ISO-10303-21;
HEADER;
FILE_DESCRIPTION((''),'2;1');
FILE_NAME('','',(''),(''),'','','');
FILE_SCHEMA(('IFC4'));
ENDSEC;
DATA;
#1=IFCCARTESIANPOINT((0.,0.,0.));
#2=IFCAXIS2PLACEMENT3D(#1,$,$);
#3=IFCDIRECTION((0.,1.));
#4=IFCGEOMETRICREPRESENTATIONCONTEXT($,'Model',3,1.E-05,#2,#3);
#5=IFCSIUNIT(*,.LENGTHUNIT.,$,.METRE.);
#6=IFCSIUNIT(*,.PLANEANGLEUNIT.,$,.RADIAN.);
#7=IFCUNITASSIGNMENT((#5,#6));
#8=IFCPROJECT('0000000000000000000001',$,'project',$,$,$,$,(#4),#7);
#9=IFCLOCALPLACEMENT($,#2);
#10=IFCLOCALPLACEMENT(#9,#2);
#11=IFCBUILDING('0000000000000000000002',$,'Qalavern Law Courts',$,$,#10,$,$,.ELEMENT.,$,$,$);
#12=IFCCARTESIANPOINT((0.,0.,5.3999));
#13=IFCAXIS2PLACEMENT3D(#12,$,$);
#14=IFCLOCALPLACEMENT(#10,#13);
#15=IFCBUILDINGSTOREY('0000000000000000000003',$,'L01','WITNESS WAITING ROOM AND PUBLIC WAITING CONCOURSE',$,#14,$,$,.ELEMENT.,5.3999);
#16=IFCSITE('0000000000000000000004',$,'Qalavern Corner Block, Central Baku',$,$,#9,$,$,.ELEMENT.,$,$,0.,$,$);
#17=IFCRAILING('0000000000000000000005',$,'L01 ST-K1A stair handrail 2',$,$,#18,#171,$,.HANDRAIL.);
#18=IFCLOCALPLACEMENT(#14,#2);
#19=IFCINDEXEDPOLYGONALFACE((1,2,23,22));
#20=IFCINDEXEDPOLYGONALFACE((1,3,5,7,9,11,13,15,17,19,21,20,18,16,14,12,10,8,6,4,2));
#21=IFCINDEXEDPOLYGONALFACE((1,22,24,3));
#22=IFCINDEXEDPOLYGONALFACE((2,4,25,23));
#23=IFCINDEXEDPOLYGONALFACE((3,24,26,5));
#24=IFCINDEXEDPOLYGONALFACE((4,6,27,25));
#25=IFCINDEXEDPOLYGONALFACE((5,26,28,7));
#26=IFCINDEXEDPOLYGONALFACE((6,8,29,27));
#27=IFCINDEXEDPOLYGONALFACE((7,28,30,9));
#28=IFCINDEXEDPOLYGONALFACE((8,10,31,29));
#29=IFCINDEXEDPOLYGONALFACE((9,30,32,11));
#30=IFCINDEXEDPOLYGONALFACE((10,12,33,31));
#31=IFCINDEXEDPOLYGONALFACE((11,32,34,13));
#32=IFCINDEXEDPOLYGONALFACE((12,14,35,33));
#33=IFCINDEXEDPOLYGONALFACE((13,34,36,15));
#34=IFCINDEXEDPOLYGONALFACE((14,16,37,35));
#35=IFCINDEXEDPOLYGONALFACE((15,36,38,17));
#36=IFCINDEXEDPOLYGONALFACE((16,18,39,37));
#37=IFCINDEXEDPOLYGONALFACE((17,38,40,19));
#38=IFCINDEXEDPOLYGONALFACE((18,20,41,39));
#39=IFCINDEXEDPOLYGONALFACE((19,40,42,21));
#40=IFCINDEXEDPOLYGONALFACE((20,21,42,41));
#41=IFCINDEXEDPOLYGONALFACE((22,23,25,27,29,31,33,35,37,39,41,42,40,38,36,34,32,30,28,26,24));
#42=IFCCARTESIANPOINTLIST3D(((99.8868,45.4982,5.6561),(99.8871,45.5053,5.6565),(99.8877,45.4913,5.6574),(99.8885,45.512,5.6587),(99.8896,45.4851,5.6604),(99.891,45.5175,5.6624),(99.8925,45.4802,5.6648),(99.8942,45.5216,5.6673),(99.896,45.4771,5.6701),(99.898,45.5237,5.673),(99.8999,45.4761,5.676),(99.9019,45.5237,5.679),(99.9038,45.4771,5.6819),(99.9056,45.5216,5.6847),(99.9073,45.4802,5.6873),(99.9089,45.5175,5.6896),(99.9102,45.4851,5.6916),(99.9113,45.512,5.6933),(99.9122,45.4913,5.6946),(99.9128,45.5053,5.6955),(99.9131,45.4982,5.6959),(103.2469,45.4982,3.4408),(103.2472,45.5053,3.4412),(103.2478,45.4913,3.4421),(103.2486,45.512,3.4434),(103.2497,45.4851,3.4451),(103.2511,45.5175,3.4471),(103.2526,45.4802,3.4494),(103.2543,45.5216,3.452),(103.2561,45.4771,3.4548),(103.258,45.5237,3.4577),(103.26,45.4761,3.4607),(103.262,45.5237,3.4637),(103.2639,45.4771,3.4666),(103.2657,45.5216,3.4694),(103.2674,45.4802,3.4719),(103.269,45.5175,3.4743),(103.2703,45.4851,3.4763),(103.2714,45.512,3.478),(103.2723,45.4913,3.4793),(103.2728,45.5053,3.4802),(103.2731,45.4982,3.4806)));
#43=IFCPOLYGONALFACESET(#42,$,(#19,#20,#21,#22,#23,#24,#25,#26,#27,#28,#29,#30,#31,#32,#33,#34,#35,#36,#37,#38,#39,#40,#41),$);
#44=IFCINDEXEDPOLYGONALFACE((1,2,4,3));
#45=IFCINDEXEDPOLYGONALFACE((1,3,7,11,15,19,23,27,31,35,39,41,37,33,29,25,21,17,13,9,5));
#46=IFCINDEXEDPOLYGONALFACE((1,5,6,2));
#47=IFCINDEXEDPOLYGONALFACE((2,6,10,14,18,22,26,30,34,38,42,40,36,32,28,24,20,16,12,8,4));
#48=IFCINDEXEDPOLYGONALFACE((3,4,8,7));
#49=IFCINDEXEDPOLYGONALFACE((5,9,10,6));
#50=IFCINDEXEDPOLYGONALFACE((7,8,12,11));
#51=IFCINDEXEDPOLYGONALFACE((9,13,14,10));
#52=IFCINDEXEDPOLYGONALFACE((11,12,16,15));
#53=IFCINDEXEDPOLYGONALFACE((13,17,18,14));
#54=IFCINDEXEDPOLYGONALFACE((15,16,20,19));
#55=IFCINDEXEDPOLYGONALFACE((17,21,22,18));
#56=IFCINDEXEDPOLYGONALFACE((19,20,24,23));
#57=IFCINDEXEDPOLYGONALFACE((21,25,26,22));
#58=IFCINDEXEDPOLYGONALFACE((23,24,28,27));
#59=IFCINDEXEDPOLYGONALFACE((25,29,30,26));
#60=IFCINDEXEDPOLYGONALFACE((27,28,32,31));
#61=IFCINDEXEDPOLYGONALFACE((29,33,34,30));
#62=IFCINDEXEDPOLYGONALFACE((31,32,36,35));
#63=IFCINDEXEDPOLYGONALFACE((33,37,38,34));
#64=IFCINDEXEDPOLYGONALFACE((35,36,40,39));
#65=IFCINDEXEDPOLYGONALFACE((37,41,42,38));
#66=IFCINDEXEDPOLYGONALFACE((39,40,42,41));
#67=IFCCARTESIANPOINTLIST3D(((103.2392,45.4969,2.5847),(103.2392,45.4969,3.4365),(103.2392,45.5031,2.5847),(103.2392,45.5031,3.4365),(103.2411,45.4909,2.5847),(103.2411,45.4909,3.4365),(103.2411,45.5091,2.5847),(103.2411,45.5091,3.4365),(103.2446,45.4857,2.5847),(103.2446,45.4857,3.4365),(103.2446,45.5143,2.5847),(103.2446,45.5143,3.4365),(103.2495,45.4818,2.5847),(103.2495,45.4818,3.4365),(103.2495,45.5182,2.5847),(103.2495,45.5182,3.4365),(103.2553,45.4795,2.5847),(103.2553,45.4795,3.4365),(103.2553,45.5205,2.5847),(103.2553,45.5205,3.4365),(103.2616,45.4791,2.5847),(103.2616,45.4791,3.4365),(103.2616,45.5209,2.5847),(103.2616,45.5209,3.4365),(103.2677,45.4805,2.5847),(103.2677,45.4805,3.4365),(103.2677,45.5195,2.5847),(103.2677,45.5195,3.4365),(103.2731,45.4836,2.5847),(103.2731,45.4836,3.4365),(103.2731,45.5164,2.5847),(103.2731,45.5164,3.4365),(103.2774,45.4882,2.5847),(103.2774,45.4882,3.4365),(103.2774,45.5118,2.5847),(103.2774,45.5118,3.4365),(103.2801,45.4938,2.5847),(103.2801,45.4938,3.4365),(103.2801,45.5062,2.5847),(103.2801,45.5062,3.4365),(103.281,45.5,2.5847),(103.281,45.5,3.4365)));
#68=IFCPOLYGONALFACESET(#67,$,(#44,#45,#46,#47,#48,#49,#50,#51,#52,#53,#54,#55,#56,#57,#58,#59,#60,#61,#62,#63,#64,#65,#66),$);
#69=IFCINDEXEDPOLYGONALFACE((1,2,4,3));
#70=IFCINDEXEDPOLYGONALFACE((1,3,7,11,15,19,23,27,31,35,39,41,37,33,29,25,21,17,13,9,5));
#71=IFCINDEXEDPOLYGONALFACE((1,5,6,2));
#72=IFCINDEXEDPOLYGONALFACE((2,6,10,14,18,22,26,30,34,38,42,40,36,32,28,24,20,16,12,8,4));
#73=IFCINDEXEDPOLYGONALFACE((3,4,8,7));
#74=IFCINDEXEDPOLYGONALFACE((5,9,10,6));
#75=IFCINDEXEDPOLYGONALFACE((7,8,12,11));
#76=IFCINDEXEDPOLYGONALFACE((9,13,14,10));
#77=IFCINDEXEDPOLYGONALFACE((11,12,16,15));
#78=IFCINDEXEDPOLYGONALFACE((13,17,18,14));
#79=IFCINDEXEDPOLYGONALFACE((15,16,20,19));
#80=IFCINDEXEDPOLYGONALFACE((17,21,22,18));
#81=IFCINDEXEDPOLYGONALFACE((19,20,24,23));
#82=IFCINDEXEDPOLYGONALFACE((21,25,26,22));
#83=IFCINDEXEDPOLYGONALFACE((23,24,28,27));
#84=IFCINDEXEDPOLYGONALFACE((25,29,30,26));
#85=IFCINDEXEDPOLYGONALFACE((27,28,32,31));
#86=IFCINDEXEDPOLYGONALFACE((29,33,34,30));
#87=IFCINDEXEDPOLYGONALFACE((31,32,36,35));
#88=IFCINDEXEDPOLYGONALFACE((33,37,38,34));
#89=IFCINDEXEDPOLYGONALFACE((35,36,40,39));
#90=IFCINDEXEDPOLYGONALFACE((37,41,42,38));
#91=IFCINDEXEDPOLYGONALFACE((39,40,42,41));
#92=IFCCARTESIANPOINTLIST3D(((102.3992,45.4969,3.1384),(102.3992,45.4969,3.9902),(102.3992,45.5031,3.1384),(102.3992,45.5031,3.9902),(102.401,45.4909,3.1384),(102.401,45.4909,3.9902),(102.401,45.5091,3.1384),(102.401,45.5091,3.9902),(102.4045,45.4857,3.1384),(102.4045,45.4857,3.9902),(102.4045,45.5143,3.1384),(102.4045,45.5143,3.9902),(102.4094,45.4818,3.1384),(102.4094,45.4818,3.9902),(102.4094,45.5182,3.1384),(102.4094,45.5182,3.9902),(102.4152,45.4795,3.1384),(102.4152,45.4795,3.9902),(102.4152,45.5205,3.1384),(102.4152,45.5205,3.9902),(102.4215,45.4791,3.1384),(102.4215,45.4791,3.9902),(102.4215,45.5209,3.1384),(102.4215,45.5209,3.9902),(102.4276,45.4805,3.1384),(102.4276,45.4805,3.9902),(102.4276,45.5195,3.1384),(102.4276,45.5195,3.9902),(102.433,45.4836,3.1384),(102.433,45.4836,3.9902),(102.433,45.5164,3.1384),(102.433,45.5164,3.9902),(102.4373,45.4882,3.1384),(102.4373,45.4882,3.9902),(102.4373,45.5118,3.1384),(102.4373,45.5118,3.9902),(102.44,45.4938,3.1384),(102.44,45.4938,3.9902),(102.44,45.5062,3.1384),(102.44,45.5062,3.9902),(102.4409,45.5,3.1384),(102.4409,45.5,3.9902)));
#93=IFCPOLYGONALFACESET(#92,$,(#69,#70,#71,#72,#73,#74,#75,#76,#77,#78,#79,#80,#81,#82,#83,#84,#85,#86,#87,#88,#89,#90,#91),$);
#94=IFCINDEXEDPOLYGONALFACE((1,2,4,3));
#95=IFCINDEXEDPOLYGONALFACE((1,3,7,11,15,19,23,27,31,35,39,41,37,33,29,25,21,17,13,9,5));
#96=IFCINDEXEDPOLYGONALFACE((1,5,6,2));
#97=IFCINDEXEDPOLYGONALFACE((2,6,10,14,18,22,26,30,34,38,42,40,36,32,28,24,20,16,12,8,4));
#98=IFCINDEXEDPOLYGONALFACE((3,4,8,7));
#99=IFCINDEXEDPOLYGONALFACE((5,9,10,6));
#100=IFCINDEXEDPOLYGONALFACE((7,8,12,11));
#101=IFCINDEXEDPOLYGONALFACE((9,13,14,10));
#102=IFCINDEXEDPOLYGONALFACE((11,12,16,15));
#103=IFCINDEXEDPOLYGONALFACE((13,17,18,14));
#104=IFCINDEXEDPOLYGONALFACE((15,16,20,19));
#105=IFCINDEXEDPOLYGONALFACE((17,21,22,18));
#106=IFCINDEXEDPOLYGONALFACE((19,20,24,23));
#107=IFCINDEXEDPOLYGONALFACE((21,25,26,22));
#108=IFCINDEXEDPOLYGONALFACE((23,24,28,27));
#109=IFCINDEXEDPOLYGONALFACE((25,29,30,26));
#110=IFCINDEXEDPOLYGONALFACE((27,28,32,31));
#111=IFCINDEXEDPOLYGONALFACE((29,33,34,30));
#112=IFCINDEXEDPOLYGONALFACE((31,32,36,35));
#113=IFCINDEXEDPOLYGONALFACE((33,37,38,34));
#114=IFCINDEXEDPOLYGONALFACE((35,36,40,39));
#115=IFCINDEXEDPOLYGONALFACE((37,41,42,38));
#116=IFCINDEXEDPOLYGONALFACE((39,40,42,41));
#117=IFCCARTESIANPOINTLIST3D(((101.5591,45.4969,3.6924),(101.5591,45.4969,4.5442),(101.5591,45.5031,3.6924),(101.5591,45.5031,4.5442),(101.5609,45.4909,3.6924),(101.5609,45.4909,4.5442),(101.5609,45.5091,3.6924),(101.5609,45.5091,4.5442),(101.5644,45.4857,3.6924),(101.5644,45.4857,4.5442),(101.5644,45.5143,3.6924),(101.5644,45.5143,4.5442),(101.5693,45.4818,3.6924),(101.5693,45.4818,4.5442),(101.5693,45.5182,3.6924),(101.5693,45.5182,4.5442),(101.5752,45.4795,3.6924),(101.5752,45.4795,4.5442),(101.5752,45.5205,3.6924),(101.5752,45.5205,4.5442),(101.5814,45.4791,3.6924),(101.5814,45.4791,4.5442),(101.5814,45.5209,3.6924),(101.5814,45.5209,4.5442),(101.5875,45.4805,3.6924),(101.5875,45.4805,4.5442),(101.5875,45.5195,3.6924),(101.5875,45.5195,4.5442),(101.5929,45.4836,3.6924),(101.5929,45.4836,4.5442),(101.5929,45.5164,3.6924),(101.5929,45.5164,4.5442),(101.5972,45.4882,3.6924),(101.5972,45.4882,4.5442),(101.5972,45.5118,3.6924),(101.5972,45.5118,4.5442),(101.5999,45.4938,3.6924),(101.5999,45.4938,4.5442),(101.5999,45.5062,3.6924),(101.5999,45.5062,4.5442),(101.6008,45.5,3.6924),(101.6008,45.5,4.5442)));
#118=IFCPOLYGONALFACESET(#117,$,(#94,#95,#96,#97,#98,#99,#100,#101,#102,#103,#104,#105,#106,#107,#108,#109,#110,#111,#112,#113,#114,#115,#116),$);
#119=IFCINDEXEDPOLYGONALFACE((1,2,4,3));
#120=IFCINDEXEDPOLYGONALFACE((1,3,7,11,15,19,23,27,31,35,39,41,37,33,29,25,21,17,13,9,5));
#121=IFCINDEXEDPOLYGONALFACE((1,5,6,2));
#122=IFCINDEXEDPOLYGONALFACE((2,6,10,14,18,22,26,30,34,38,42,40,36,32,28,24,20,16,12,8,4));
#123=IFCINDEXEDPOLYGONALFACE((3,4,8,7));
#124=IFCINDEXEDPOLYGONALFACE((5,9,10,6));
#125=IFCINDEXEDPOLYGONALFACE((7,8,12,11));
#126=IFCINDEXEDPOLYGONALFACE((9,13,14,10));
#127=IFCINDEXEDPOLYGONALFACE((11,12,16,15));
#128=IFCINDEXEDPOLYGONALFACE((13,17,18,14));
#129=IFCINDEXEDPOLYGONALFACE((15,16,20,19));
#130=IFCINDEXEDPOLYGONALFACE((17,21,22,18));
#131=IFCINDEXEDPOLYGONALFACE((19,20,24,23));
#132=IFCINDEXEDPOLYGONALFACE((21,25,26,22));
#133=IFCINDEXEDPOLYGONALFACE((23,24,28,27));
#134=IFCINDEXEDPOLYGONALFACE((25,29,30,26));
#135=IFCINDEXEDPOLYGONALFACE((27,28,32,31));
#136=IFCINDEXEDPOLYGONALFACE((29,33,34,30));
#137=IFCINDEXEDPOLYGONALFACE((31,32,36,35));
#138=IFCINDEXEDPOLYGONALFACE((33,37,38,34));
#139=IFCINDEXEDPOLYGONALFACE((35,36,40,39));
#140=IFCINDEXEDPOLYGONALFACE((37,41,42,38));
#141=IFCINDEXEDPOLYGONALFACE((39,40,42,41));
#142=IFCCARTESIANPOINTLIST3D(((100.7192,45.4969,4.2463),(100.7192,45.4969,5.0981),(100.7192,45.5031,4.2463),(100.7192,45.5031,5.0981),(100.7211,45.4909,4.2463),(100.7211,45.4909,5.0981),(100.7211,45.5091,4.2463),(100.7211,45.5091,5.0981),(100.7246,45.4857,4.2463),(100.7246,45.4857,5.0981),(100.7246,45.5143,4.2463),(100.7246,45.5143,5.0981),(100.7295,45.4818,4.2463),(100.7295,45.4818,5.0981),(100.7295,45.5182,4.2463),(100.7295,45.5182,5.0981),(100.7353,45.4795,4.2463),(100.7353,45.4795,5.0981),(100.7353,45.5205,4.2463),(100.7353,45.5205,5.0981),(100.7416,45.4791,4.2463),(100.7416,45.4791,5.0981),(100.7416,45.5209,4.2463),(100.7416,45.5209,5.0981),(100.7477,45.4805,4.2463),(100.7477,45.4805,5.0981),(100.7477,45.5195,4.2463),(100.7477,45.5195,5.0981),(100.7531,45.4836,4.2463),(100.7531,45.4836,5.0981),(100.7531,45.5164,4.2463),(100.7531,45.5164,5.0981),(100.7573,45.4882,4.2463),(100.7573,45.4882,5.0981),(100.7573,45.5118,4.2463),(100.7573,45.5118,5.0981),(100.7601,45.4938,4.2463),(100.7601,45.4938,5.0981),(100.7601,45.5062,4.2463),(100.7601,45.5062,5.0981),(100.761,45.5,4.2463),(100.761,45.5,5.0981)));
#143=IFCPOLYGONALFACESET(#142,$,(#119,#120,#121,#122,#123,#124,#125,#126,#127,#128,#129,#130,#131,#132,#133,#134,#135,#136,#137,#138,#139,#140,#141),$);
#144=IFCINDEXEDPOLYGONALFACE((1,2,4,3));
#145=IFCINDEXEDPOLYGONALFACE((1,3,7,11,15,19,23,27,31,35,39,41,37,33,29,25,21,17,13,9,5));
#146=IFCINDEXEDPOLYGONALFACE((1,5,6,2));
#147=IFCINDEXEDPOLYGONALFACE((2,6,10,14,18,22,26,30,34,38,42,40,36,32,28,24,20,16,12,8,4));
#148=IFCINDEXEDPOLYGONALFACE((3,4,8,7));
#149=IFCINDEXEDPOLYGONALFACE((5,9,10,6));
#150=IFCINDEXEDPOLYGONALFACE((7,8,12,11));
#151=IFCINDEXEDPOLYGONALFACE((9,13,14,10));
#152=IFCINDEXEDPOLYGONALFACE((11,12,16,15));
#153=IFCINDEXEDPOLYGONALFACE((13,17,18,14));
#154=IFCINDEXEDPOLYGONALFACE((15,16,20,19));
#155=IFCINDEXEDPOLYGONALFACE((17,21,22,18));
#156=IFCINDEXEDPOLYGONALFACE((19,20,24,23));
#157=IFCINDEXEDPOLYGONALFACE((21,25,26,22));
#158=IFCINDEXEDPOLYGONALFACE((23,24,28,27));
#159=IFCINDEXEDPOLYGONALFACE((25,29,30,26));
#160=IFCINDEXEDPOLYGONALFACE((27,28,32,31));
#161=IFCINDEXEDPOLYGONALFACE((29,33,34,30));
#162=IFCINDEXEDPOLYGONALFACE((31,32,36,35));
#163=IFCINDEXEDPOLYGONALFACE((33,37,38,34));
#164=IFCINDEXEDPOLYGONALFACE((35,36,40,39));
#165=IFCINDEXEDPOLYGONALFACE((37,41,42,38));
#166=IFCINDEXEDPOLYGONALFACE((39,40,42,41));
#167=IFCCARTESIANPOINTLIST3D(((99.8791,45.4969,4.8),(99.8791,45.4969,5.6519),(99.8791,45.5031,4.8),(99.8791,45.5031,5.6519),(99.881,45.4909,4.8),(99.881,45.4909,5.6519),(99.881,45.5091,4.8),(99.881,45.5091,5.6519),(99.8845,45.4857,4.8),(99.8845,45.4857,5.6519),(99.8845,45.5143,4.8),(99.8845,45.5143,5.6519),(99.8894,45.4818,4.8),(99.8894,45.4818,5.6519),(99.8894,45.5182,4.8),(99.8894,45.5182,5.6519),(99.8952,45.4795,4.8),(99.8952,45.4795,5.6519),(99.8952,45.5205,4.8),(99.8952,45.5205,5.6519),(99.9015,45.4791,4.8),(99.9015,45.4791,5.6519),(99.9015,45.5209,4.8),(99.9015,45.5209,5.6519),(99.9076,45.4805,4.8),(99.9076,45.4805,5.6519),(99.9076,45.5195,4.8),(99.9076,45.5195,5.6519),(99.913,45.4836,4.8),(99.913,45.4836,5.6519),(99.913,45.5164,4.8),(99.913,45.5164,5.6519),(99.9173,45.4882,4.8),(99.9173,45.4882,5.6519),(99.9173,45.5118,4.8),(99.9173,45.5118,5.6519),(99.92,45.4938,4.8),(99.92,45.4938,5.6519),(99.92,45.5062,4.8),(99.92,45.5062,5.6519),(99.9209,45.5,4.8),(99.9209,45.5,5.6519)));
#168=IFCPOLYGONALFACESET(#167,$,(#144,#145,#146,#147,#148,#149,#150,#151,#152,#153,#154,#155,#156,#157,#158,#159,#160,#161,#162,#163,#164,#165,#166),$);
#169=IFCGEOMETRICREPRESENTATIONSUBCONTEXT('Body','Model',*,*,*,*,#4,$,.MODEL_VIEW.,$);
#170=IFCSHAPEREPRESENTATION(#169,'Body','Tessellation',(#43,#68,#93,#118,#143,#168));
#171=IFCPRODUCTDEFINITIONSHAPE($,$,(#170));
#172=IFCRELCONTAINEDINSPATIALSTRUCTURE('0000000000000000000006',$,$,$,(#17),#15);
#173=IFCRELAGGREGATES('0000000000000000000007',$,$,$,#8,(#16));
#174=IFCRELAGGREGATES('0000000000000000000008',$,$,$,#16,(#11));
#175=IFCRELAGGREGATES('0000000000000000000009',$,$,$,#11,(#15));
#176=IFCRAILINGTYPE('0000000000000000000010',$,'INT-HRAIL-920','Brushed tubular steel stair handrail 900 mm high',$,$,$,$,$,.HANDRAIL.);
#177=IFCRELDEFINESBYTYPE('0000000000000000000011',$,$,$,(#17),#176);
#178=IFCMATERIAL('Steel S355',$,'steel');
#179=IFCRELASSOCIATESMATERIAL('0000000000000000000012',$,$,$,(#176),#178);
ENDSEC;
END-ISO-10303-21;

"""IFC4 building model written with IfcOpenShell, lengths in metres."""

from ifc_helpers import new_model, si_unit, direction, frame, origin, origin_2d, place, context, subcontext, project, spatial, circle, extrude, material, type_object, element, save


model = new_model("IFC4")

# Units and contexts
model_context = context("Model", 3, precision=1e-05, world=origin(), true_north=direction((0.0, 1.0)))
body_context = subcontext(model_context, "Body", "Model", "MODEL_VIEW")
ifc_project = project(units=[si_unit("LENGTHUNIT", "METRE"), si_unit("PLANEANGLEUNIT", "RADIAN")], contexts=[model_context])

# Site, building, storey
site_placement = place(None, origin())
site = spatial("IfcSite", under=ifc_project, at=site_placement, Name="Qalavern Corner Block, Central Baku", CompositionType="ELEMENT", RefElevation=0.0)
building_placement = place(site_placement, origin())
building = spatial("IfcBuilding", under=site, at=building_placement, Name="Qalavern Law Courts", CompositionType="ELEMENT")
storey_placement = place(building_placement, frame((0.0, 0.0, 5.3999)))
storey = spatial("IfcBuildingStorey", under=building, at=storey_placement, Name="L01", Description="WITNESS WAITING ROOM AND PUBLIC WAITING CONCOURSE", CompositionType="ELEMENT", Elevation=5.3999)

# Shared definitions
ifc_material_1 = material(Name="Steel S355", Category="steel")

# Railing
railing_type_1 = type_object("IfcRailingType", Name="INT-HRAIL-920", Description="Brushed tubular steel stair handrail 900 mm high", PredefinedType="HANDRAIL", material=ifc_material_1)
railing_1_placement = place(storey_placement, frame((103.26, 45.5, 2.5847)))
element("IfcRailing", 1, at=railing_1_placement, inside=storey, type_object=railing_type_1, Name="L01 ST-K1A stair handrail 2", PredefinedType="HANDRAIL", context=body_context, shape_type="SweptSolid", body=[
    extrude(circle(Radius=0.0239, at=origin_2d()), frame((0.0, 0.0, 0.876), z_axis=(-0.834876, 0.0, 0.550437), x_axis=(0.0, -1.0, 0.0)), (0.0, 0.0, 1.0), 4.0247),
    extrude(circle(Radius=0.021, at=origin_2d()), origin(), (0.0, 0.0, 1.0), 0.8518),
    extrude(circle(Radius=0.021, at=origin_2d()), frame((-0.8401, 0.0, 0.5537)), (0.0, 0.0, 1.0), 0.8518),
    extrude(circle(Radius=0.021, at=origin_2d()), frame((-1.6802, 0.0, 1.1077)), (0.0, 0.0, 1.0), 0.8518),
    extrude(circle(Radius=0.021, at=origin_2d()), frame((-2.52, 0.0, 1.6616)), (0.0, 0.0, 1.0), 0.8518),
    extrude(circle(Radius=0.021, at=origin_2d()), frame((-3.3601, 0.0, 2.2153)), (0.0, 0.0, 1.0), 0.8518),
])

save(model, "model.ifc")
